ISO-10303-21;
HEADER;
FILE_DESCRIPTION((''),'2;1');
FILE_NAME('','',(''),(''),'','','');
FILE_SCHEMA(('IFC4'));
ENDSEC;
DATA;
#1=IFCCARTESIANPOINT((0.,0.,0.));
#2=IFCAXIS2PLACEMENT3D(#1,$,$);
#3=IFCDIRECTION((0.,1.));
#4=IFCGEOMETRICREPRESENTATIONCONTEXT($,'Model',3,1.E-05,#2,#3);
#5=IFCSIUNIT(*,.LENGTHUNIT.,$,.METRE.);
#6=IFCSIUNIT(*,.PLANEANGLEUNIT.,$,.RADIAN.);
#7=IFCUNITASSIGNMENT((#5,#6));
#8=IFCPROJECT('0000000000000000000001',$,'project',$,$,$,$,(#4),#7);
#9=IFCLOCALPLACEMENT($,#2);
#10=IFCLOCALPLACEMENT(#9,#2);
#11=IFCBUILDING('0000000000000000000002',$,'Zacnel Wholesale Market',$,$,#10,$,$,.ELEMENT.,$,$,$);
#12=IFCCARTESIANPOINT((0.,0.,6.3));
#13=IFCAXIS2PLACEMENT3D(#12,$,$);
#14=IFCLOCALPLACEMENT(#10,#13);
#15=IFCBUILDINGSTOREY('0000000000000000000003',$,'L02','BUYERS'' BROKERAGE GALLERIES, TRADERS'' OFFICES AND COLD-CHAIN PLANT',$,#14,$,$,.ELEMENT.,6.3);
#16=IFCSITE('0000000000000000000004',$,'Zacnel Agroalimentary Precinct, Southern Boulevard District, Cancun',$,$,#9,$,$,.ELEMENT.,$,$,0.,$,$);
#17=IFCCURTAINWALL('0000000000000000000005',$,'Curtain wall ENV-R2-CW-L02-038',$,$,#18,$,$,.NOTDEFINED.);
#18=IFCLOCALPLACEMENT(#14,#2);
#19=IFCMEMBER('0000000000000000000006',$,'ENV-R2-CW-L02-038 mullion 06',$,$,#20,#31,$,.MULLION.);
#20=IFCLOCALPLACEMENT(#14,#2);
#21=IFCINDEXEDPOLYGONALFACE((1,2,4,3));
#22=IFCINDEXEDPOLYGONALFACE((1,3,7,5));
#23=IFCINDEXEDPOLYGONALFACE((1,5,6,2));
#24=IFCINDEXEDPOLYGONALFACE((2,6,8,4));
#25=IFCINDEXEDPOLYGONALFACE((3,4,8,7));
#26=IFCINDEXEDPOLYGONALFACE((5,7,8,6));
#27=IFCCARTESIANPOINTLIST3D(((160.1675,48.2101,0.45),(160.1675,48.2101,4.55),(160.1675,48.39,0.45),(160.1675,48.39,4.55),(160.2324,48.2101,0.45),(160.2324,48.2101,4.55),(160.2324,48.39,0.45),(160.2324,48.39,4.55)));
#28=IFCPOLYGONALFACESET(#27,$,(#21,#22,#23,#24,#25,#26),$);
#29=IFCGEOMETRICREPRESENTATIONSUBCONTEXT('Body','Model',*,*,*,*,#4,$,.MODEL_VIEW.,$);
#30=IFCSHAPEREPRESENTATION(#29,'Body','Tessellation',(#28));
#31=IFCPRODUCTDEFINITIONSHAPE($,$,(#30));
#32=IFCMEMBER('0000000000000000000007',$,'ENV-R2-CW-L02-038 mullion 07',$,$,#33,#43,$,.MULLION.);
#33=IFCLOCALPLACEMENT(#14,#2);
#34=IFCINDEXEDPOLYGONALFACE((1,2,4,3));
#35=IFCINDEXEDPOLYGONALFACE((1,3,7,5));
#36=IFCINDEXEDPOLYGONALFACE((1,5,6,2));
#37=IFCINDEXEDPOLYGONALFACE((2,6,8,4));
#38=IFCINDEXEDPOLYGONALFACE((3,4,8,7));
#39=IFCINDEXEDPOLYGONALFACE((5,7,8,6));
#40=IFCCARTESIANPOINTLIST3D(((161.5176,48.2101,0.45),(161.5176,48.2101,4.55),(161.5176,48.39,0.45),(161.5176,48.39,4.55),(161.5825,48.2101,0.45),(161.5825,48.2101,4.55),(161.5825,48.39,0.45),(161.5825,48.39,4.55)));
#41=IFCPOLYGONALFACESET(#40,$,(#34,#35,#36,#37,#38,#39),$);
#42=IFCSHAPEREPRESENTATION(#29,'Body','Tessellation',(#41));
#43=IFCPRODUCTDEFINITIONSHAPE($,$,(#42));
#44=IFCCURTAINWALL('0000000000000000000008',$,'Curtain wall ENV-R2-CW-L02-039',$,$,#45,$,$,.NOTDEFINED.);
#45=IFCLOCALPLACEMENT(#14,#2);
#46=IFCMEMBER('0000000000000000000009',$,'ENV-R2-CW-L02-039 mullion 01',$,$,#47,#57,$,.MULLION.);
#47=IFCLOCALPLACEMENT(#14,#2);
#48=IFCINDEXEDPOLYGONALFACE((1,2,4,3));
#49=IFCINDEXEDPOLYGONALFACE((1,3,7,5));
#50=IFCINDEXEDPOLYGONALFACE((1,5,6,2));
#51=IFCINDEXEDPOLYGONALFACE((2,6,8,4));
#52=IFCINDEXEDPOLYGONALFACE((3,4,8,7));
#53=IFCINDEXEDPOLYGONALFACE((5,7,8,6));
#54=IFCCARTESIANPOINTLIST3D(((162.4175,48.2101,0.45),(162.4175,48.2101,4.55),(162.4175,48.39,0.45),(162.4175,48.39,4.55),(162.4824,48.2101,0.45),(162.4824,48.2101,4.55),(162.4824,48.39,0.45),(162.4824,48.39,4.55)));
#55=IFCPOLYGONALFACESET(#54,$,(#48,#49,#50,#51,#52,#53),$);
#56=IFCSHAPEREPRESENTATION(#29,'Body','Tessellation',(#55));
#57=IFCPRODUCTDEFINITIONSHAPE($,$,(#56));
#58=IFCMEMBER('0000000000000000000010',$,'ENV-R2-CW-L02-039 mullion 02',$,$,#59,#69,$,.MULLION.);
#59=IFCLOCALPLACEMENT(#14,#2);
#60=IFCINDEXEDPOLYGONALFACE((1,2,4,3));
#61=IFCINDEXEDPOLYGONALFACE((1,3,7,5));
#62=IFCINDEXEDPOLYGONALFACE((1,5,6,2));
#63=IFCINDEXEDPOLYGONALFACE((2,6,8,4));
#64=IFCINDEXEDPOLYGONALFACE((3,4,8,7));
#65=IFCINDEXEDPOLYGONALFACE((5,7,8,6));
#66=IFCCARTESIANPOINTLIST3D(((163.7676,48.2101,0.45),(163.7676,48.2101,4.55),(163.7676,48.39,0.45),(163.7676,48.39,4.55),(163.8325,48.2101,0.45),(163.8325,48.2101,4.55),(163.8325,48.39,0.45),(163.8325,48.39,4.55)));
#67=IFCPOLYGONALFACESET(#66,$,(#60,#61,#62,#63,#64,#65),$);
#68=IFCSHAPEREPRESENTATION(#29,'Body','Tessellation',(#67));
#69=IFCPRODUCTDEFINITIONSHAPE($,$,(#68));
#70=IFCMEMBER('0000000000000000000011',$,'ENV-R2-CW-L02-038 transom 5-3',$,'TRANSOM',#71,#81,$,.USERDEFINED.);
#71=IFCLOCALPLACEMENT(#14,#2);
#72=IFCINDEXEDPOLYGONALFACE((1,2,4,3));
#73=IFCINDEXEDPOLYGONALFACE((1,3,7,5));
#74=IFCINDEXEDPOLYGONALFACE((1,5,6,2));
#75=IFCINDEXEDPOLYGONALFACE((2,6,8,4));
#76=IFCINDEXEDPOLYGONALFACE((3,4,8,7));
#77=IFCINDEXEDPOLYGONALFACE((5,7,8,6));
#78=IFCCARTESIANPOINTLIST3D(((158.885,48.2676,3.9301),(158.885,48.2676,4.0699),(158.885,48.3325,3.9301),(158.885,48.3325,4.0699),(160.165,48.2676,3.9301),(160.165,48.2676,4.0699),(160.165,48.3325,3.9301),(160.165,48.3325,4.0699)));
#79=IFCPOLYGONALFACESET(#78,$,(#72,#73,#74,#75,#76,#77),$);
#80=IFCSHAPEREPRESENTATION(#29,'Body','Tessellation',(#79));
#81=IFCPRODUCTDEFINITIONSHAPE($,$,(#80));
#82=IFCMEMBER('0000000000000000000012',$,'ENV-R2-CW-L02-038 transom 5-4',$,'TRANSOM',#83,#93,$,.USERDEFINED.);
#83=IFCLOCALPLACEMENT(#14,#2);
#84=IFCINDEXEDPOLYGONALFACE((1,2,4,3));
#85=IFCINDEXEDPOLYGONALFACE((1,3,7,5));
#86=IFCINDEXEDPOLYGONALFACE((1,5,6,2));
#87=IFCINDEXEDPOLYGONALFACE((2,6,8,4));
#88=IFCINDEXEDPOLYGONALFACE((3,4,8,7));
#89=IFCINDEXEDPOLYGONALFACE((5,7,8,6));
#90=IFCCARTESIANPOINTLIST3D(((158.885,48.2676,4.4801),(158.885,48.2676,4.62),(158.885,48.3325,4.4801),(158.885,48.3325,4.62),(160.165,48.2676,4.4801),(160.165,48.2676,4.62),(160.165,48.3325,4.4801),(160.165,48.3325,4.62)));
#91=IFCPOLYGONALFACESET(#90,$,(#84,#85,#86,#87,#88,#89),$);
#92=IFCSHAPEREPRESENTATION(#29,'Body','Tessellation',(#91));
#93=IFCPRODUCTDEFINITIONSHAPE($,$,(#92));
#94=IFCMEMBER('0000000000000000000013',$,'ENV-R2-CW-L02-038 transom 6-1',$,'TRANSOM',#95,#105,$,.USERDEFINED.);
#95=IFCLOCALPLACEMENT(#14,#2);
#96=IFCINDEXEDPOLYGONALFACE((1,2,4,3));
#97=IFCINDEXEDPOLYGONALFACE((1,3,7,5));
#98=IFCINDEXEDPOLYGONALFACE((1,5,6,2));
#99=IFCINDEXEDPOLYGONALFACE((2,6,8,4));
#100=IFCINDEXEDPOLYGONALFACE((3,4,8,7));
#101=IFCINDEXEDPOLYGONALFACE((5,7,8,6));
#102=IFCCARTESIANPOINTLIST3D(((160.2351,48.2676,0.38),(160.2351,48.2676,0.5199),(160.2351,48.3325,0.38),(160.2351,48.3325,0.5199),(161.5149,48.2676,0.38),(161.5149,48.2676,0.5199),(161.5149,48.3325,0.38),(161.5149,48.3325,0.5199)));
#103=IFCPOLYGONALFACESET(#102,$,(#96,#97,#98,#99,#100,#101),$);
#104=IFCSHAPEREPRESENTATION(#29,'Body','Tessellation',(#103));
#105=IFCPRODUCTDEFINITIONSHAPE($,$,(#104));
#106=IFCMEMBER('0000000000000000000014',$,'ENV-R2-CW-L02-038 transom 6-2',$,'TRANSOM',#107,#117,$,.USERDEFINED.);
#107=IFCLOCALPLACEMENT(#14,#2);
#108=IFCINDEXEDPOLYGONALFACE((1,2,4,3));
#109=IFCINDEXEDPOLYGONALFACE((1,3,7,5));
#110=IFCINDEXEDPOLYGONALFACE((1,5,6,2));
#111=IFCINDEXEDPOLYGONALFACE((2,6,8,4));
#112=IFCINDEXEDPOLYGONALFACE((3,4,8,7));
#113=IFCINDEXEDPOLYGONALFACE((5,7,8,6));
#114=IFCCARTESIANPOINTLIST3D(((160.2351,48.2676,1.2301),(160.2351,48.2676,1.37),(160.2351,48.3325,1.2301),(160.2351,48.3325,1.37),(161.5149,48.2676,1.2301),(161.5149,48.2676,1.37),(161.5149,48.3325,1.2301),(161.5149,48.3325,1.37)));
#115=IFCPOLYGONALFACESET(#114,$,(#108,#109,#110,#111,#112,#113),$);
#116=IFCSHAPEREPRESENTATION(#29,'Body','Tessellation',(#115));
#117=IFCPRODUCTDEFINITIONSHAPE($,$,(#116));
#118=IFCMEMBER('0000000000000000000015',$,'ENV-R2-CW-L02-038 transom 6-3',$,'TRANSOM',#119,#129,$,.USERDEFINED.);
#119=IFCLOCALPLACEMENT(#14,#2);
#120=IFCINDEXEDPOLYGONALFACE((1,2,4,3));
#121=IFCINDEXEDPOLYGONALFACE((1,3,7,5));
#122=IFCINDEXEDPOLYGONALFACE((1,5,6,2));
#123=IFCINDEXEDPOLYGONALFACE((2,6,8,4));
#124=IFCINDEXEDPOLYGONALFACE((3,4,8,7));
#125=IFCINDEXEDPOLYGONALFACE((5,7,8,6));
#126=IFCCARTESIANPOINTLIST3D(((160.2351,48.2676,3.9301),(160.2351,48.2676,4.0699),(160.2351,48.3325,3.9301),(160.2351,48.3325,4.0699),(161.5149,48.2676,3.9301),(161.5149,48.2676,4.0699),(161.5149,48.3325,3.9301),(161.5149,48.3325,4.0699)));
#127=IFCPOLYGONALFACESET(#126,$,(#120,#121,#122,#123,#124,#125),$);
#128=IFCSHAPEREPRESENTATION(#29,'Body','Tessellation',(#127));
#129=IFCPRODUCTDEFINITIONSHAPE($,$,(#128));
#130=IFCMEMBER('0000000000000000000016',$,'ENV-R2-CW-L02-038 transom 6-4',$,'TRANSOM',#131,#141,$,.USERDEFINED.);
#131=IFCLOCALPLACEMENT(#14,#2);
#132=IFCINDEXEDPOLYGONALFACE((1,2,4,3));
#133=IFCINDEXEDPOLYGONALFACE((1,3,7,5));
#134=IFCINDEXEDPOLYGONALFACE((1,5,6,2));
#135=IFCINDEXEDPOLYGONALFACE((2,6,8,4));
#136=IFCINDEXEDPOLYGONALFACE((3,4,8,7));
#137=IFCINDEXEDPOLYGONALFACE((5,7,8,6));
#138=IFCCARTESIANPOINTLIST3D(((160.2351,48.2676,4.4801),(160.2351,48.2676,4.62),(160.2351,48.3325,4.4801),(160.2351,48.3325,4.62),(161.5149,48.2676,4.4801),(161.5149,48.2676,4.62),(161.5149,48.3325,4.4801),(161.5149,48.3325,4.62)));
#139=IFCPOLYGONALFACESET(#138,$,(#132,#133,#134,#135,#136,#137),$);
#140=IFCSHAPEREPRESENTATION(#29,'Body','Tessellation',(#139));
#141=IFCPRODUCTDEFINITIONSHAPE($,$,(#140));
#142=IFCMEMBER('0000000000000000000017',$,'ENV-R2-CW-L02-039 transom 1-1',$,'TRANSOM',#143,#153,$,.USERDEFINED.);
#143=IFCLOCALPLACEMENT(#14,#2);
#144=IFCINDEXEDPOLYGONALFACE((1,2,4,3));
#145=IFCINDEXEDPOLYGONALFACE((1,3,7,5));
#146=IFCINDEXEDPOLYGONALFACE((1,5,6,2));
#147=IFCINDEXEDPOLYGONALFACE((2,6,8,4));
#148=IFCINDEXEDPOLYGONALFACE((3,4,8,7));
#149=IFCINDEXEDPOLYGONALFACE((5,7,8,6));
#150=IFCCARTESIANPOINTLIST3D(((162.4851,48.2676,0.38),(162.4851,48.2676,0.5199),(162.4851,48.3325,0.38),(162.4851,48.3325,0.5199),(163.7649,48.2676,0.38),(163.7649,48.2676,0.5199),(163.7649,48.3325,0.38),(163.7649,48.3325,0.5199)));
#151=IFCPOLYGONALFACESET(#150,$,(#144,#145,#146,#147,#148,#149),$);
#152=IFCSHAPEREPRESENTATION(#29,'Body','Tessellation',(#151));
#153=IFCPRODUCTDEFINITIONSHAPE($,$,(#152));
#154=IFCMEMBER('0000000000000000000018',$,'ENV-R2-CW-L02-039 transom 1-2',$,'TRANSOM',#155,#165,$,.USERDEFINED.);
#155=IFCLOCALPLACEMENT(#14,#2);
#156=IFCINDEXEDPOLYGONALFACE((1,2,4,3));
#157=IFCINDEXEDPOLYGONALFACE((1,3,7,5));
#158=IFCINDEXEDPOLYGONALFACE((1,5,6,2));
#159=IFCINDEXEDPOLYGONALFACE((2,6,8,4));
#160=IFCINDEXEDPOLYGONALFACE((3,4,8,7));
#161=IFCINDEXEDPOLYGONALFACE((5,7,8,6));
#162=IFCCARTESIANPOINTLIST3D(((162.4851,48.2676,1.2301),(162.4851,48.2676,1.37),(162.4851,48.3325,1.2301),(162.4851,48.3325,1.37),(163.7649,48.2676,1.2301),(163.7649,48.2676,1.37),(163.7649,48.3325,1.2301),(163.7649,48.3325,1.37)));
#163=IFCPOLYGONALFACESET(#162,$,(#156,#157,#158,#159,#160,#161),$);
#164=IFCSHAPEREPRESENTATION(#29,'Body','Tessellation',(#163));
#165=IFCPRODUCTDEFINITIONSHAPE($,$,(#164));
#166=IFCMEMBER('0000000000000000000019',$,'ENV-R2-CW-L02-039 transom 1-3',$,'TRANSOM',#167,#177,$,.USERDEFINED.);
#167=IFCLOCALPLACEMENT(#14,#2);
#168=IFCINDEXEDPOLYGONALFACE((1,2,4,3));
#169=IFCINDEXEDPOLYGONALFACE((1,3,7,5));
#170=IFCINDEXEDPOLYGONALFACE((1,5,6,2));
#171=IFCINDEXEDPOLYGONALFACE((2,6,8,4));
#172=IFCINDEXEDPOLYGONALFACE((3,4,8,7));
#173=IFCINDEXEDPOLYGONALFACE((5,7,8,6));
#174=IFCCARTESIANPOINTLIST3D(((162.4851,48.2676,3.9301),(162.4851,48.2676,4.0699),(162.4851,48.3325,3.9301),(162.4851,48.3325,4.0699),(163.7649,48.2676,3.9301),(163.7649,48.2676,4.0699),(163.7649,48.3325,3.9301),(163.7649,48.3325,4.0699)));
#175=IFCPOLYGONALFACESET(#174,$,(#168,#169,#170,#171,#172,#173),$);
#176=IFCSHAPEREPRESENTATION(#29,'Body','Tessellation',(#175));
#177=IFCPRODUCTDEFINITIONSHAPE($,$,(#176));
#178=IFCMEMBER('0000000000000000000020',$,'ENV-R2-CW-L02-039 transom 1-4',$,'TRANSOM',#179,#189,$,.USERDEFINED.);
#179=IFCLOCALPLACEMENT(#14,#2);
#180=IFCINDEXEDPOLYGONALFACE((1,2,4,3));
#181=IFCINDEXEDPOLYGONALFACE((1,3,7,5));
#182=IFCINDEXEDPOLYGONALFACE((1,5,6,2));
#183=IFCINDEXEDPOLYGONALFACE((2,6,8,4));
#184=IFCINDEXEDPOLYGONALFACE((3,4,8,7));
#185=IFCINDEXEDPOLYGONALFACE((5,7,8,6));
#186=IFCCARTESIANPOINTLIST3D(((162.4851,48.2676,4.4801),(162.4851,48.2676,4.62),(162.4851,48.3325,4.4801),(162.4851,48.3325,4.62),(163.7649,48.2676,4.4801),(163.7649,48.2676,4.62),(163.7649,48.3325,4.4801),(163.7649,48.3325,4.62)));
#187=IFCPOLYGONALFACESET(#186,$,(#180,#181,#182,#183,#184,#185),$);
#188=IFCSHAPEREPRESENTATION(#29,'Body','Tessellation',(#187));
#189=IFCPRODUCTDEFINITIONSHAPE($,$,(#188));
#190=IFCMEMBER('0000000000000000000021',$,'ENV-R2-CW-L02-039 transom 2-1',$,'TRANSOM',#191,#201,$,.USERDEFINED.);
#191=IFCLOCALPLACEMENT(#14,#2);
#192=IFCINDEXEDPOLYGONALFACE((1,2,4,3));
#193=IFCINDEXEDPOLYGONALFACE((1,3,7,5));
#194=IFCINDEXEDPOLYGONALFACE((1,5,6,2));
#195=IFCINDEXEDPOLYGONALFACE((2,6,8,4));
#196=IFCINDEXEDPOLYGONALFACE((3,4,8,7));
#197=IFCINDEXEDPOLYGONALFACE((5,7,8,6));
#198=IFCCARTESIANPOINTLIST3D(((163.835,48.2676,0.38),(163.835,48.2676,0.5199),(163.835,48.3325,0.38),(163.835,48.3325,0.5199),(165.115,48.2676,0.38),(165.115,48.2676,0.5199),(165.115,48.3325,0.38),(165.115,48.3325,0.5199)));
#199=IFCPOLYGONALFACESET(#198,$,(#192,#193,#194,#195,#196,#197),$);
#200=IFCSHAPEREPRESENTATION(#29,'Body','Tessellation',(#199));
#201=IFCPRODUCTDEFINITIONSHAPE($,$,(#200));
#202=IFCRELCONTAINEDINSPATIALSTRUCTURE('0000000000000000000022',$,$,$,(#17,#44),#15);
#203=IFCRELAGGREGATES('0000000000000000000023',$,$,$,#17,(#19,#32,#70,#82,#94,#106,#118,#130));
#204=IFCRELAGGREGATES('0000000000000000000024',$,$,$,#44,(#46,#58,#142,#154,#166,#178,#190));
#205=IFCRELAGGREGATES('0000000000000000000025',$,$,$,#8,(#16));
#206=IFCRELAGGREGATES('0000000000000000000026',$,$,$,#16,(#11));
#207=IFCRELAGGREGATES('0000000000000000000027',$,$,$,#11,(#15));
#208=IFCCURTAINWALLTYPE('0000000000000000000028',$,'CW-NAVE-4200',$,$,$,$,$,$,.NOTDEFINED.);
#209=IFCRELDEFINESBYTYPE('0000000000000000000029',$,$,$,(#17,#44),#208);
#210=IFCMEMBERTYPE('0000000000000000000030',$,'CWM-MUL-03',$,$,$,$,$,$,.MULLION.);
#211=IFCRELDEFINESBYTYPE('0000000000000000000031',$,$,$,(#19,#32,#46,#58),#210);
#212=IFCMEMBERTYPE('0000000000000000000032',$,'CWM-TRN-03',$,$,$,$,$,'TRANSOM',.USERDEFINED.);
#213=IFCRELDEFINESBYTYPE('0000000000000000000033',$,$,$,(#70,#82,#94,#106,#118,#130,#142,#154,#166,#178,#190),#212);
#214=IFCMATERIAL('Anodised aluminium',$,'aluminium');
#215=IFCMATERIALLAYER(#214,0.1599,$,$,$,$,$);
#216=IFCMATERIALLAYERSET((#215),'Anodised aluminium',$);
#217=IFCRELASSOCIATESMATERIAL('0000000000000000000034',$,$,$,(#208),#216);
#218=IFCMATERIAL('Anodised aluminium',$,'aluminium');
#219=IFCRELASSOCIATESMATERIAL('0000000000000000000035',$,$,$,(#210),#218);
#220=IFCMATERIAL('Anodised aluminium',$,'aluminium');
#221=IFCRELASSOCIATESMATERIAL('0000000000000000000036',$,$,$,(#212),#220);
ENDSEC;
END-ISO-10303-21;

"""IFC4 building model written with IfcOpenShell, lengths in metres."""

from ifc_helpers import new_model, si_unit, direction, frame, origin, origin_2d, place, context, subcontext, project, spatial, rectangle, extrude, material, layer, layer_set, material_profile, profile_set, type_object, element, aggregate, save


model = new_model("IFC4")

# Units and contexts
model_context = context("Model", 3, precision=1e-05, world=origin(), true_north=direction((0.0, 1.0)))
body_context = subcontext(model_context, "Body", "Model", "MODEL_VIEW")
ifc_project = project(units=[si_unit("LENGTHUNIT", "METRE"), si_unit("PLANEANGLEUNIT", "RADIAN")], contexts=[model_context])

# Site, building, storey
site_placement = place(None, origin())
site = spatial("IfcSite", under=ifc_project, at=site_placement, Name="Zacnel Agroalimentary Precinct, Southern Boulevard District, Cancun", CompositionType="ELEMENT", RefElevation=0.0)
building_placement = place(site_placement, origin())
building = spatial("IfcBuilding", under=site, at=building_placement, Name="Zacnel Wholesale Market", CompositionType="ELEMENT")
storey_placement = place(building_placement, frame((0.0, 0.0, 6.3)))
storey = spatial("IfcBuildingStorey", under=building, at=storey_placement, Name="L02", Description="BUYERS' BROKERAGE GALLERIES, TRADERS' OFFICES AND COLD-CHAIN PLANT", CompositionType="ELEMENT", Elevation=6.3)

# Curtain walls, members
ifc_material_1 = material(Name="Anodised aluminium", Category="aluminium")
ifc_layer_1 = layer(ifc_material_1, 0.1599)
ifc_layer_set_1 = layer_set([ifc_layer_1], Name="Anodised aluminium")
curtain_wall_type = type_object("IfcCurtainWallType", Name="CW-NAVE-4200", PredefinedType="NOTDEFINED", material=ifc_layer_set_1)
curtain_wall_1_placement = place(storey_placement, origin())
curtain_wall_1 = element("IfcCurtainWall", 1, at=curtain_wall_1_placement, inside=storey, type_object=curtain_wall_type, Name="Curtain wall ENV-R2-CW-L02-038", PredefinedType="NOTDEFINED")
ifc_material_2 = material(Name="Anodised aluminium", Category="aluminium")
ifc_material_profile_1 = material_profile(ifc_material_2, rectangle(XDim=0.0649, YDim=0.1799, at=origin_2d()), Name="AW-MULLION 65x180")
ifc_profile_set_1 = profile_set([ifc_material_profile_1], Name="Anodised aluminium")
member_type_1 = type_object("IfcMemberType", Name="CWM-MUL-03", PredefinedType="MULLION", material=ifc_profile_set_1)
member_1_placement = place(storey_placement, frame((160.2, 48.3, 0.45), z_axis=(0.0, 0.0, 1.0), x_axis=(1.0, 0.0, 0.0)))
member_1 = element("IfcMember", 2, at=member_1_placement, type_object=member_type_1, Name="ENV-R2-CW-L02-038 mullion 06", PredefinedType="MULLION", context=body_context, shape_type="SweptSolid", body=[
    extrude(rectangle(XDim=0.0649, YDim=0.1799, at=origin_2d()), origin(), (0.0, 0.0, 1.0), 4.1001),
])
member_2_placement = place(storey_placement, frame((161.55, 48.3, 0.45), z_axis=(0.0, 0.0, 1.0), x_axis=(1.0, 0.0, 0.0)))
member_2 = element("IfcMember", 3, at=member_2_placement, type_object=member_type_1, Name="ENV-R2-CW-L02-038 mullion 07", PredefinedType="MULLION", context=body_context, shape_type="SweptSolid", body=[
    extrude(rectangle(XDim=0.0649, YDim=0.1799, at=origin_2d()), origin(), (0.0, 0.0, 1.0), 4.1001),
])
curtain_wall_2_placement = place(storey_placement, origin())
curtain_wall_2 = element("IfcCurtainWall", 4, at=curtain_wall_2_placement, inside=storey, type_object=curtain_wall_type, Name="Curtain wall ENV-R2-CW-L02-039", PredefinedType="NOTDEFINED")
member_3_placement = place(storey_placement, frame((162.45, 48.3, 0.45), z_axis=(0.0, 0.0, 1.0), x_axis=(1.0, 0.0, 0.0)))
member_3 = element("IfcMember", 5, at=member_3_placement, type_object=member_type_1, Name="ENV-R2-CW-L02-039 mullion 01", PredefinedType="MULLION", context=body_context, shape_type="SweptSolid", body=[
    extrude(rectangle(XDim=0.0649, YDim=0.1799, at=origin_2d()), origin(), (0.0, 0.0, 1.0), 4.1001),
])
member_4_placement = place(storey_placement, frame((163.8, 48.3, 0.45), z_axis=(0.0, 0.0, 1.0), x_axis=(1.0, 0.0, 0.0)))
member_4 = element("IfcMember", 6, at=member_4_placement, type_object=member_type_1, Name="ENV-R2-CW-L02-039 mullion 02", PredefinedType="MULLION", context=body_context, shape_type="SweptSolid", body=[
    extrude(rectangle(XDim=0.0649, YDim=0.1799, at=origin_2d()), origin(), (0.0, 0.0, 1.0), 4.1001),
])

# Members
ifc_material_3 = material(Name="Anodised aluminium", Category="aluminium")
ifc_material_profile_2 = material_profile(ifc_material_3, rectangle(XDim=0.0649, YDim=0.1399, at=origin_2d()), Name="AW-TRANSOM 65x140")
ifc_profile_set_2 = profile_set([ifc_material_profile_2], Name="Anodised aluminium")
member_type_2 = type_object("IfcMemberType", Name="CWM-TRN-03", ElementType="TRANSOM", PredefinedType="USERDEFINED", material=ifc_profile_set_2)
member_5_placement = place(storey_placement, frame((158.885, 48.3, 4.0), z_axis=(1.0, 0.0, 0.0), x_axis=(0.0, 1.0, 0.0)))
member_5 = element("IfcMember", 7, at=member_5_placement, type_object=member_type_2, Name="ENV-R2-CW-L02-038 transom 5-3", ObjectType="TRANSOM", PredefinedType="USERDEFINED", context=body_context, shape_type="SweptSolid", body=[
    extrude(rectangle(XDim=0.0649, YDim=0.1399, at=origin_2d()), origin(), (0.0, 0.0, 1.0), 1.28),
])
member_6_placement = place(storey_placement, frame((158.885, 48.3, 4.55), z_axis=(1.0, 0.0, 0.0), x_axis=(0.0, 1.0, 0.0)))
member_6 = element("IfcMember", 8, at=member_6_placement, type_object=member_type_2, Name="ENV-R2-CW-L02-038 transom 5-4", ObjectType="TRANSOM", PredefinedType="USERDEFINED", context=body_context, shape_type="SweptSolid", body=[
    extrude(rectangle(XDim=0.0649, YDim=0.1399, at=origin_2d()), origin(), (0.0, 0.0, 1.0), 1.28),
])
member_7_placement = place(storey_placement, frame((160.2351, 48.3, 0.45), z_axis=(1.0, 0.0, 0.0), x_axis=(0.0, 1.0, 0.0)))
member_7 = element("IfcMember", 9, at=member_7_placement, type_object=member_type_2, Name="ENV-R2-CW-L02-038 transom 6-1", ObjectType="TRANSOM", PredefinedType="USERDEFINED", context=body_context, shape_type="SweptSolid", body=[
    extrude(rectangle(XDim=0.0649, YDim=0.1399, at=origin_2d()), origin(), (0.0, 0.0, 1.0), 1.2798),
])
member_8_placement = place(storey_placement, frame((160.2351, 48.3, 1.3), z_axis=(1.0, 0.0, 0.0), x_axis=(0.0, 1.0, 0.0)))
member_8 = element("IfcMember", 10, at=member_8_placement, type_object=member_type_2, Name="ENV-R2-CW-L02-038 transom 6-2", ObjectType="TRANSOM", PredefinedType="USERDEFINED", context=body_context, shape_type="SweptSolid", body=[
    extrude(rectangle(XDim=0.0649, YDim=0.1399, at=origin_2d()), origin(), (0.0, 0.0, 1.0), 1.2798),
])
member_9_placement = place(storey_placement, frame((160.2351, 48.3, 4.0), z_axis=(1.0, 0.0, 0.0), x_axis=(0.0, 1.0, 0.0)))
member_9 = element("IfcMember", 11, at=member_9_placement, type_object=member_type_2, Name="ENV-R2-CW-L02-038 transom 6-3", ObjectType="TRANSOM", PredefinedType="USERDEFINED", context=body_context, shape_type="SweptSolid", body=[
    extrude(rectangle(XDim=0.0649, YDim=0.1399, at=origin_2d()), origin(), (0.0, 0.0, 1.0), 1.2798),
])
member_10_placement = place(storey_placement, frame((160.2351, 48.3, 4.55), z_axis=(1.0, 0.0, 0.0), x_axis=(0.0, 1.0, 0.0)))
member_10 = element("IfcMember", 12, at=member_10_placement, type_object=member_type_2, Name="ENV-R2-CW-L02-038 transom 6-4", ObjectType="TRANSOM", PredefinedType="USERDEFINED", context=body_context, shape_type="SweptSolid", body=[
    extrude(rectangle(XDim=0.0649, YDim=0.1399, at=origin_2d()), origin(), (0.0, 0.0, 1.0), 1.2798),
])
member_11_placement = place(storey_placement, frame((162.4851, 48.3, 0.45), z_axis=(1.0, 0.0, 0.0), x_axis=(0.0, 1.0, 0.0)))
member_11 = element("IfcMember", 13, at=member_11_placement, type_object=member_type_2, Name="ENV-R2-CW-L02-039 transom 1-1", ObjectType="TRANSOM", PredefinedType="USERDEFINED", context=body_context, shape_type="SweptSolid", body=[
    extrude(rectangle(XDim=0.0649, YDim=0.1399, at=origin_2d()), origin(), (0.0, 0.0, 1.0), 1.2798),
])
member_12_placement = place(storey_placement, frame((162.4851, 48.3, 1.3), z_axis=(1.0, 0.0, 0.0), x_axis=(0.0, 1.0, 0.0)))
member_12 = element("IfcMember", 14, at=member_12_placement, type_object=member_type_2, Name="ENV-R2-CW-L02-039 transom 1-2", ObjectType="TRANSOM", PredefinedType="USERDEFINED", context=body_context, shape_type="SweptSolid", body=[
    extrude(rectangle(XDim=0.0649, YDim=0.1399, at=origin_2d()), origin(), (0.0, 0.0, 1.0), 1.2798),
])
member_13_placement = place(storey_placement, frame((162.4851, 48.3, 4.0), z_axis=(1.0, 0.0, 0.0), x_axis=(0.0, 1.0, 0.0)))
member_13 = element("IfcMember", 15, at=member_13_placement, type_object=member_type_2, Name="ENV-R2-CW-L02-039 transom 1-3", ObjectType="TRANSOM", PredefinedType="USERDEFINED", context=body_context, shape_type="SweptSolid", body=[
    extrude(rectangle(XDim=0.0649, YDim=0.1399, at=origin_2d()), origin(), (0.0, 0.0, 1.0), 1.2798),
])
member_14_placement = place(storey_placement, frame((162.4851, 48.3, 4.55), z_axis=(1.0, 0.0, 0.0), x_axis=(0.0, 1.0, 0.0)))
member_14 = element("IfcMember", 16, at=member_14_placement, type_object=member_type_2, Name="ENV-R2-CW-L02-039 transom 1-4", ObjectType="TRANSOM", PredefinedType="USERDEFINED", context=body_context, shape_type="SweptSolid", body=[
    extrude(rectangle(XDim=0.0649, YDim=0.1399, at=origin_2d()), origin(), (0.0, 0.0, 1.0), 1.2798),
])
member_15_placement = place(storey_placement, frame((163.835, 48.3, 0.45), z_axis=(1.0, 0.0, 0.0), x_axis=(0.0, 1.0, 0.0)))
member_15 = element("IfcMember", 17, at=member_15_placement, type_object=member_type_2, Name="ENV-R2-CW-L02-039 transom 2-1", ObjectType="TRANSOM", PredefinedType="USERDEFINED", context=body_context, shape_type="SweptSolid", body=[
    extrude(rectangle(XDim=0.0649, YDim=0.1399, at=origin_2d()), origin(), (0.0, 0.0, 1.0), 1.28),
])

aggregate(curtain_wall_1, [member_1, member_2, member_5, member_6, member_7, member_8, member_9, member_10])
aggregate(curtain_wall_2, [member_3, member_4, member_11, member_12, member_13, member_14, member_15])

save(model, "model.ifc")
